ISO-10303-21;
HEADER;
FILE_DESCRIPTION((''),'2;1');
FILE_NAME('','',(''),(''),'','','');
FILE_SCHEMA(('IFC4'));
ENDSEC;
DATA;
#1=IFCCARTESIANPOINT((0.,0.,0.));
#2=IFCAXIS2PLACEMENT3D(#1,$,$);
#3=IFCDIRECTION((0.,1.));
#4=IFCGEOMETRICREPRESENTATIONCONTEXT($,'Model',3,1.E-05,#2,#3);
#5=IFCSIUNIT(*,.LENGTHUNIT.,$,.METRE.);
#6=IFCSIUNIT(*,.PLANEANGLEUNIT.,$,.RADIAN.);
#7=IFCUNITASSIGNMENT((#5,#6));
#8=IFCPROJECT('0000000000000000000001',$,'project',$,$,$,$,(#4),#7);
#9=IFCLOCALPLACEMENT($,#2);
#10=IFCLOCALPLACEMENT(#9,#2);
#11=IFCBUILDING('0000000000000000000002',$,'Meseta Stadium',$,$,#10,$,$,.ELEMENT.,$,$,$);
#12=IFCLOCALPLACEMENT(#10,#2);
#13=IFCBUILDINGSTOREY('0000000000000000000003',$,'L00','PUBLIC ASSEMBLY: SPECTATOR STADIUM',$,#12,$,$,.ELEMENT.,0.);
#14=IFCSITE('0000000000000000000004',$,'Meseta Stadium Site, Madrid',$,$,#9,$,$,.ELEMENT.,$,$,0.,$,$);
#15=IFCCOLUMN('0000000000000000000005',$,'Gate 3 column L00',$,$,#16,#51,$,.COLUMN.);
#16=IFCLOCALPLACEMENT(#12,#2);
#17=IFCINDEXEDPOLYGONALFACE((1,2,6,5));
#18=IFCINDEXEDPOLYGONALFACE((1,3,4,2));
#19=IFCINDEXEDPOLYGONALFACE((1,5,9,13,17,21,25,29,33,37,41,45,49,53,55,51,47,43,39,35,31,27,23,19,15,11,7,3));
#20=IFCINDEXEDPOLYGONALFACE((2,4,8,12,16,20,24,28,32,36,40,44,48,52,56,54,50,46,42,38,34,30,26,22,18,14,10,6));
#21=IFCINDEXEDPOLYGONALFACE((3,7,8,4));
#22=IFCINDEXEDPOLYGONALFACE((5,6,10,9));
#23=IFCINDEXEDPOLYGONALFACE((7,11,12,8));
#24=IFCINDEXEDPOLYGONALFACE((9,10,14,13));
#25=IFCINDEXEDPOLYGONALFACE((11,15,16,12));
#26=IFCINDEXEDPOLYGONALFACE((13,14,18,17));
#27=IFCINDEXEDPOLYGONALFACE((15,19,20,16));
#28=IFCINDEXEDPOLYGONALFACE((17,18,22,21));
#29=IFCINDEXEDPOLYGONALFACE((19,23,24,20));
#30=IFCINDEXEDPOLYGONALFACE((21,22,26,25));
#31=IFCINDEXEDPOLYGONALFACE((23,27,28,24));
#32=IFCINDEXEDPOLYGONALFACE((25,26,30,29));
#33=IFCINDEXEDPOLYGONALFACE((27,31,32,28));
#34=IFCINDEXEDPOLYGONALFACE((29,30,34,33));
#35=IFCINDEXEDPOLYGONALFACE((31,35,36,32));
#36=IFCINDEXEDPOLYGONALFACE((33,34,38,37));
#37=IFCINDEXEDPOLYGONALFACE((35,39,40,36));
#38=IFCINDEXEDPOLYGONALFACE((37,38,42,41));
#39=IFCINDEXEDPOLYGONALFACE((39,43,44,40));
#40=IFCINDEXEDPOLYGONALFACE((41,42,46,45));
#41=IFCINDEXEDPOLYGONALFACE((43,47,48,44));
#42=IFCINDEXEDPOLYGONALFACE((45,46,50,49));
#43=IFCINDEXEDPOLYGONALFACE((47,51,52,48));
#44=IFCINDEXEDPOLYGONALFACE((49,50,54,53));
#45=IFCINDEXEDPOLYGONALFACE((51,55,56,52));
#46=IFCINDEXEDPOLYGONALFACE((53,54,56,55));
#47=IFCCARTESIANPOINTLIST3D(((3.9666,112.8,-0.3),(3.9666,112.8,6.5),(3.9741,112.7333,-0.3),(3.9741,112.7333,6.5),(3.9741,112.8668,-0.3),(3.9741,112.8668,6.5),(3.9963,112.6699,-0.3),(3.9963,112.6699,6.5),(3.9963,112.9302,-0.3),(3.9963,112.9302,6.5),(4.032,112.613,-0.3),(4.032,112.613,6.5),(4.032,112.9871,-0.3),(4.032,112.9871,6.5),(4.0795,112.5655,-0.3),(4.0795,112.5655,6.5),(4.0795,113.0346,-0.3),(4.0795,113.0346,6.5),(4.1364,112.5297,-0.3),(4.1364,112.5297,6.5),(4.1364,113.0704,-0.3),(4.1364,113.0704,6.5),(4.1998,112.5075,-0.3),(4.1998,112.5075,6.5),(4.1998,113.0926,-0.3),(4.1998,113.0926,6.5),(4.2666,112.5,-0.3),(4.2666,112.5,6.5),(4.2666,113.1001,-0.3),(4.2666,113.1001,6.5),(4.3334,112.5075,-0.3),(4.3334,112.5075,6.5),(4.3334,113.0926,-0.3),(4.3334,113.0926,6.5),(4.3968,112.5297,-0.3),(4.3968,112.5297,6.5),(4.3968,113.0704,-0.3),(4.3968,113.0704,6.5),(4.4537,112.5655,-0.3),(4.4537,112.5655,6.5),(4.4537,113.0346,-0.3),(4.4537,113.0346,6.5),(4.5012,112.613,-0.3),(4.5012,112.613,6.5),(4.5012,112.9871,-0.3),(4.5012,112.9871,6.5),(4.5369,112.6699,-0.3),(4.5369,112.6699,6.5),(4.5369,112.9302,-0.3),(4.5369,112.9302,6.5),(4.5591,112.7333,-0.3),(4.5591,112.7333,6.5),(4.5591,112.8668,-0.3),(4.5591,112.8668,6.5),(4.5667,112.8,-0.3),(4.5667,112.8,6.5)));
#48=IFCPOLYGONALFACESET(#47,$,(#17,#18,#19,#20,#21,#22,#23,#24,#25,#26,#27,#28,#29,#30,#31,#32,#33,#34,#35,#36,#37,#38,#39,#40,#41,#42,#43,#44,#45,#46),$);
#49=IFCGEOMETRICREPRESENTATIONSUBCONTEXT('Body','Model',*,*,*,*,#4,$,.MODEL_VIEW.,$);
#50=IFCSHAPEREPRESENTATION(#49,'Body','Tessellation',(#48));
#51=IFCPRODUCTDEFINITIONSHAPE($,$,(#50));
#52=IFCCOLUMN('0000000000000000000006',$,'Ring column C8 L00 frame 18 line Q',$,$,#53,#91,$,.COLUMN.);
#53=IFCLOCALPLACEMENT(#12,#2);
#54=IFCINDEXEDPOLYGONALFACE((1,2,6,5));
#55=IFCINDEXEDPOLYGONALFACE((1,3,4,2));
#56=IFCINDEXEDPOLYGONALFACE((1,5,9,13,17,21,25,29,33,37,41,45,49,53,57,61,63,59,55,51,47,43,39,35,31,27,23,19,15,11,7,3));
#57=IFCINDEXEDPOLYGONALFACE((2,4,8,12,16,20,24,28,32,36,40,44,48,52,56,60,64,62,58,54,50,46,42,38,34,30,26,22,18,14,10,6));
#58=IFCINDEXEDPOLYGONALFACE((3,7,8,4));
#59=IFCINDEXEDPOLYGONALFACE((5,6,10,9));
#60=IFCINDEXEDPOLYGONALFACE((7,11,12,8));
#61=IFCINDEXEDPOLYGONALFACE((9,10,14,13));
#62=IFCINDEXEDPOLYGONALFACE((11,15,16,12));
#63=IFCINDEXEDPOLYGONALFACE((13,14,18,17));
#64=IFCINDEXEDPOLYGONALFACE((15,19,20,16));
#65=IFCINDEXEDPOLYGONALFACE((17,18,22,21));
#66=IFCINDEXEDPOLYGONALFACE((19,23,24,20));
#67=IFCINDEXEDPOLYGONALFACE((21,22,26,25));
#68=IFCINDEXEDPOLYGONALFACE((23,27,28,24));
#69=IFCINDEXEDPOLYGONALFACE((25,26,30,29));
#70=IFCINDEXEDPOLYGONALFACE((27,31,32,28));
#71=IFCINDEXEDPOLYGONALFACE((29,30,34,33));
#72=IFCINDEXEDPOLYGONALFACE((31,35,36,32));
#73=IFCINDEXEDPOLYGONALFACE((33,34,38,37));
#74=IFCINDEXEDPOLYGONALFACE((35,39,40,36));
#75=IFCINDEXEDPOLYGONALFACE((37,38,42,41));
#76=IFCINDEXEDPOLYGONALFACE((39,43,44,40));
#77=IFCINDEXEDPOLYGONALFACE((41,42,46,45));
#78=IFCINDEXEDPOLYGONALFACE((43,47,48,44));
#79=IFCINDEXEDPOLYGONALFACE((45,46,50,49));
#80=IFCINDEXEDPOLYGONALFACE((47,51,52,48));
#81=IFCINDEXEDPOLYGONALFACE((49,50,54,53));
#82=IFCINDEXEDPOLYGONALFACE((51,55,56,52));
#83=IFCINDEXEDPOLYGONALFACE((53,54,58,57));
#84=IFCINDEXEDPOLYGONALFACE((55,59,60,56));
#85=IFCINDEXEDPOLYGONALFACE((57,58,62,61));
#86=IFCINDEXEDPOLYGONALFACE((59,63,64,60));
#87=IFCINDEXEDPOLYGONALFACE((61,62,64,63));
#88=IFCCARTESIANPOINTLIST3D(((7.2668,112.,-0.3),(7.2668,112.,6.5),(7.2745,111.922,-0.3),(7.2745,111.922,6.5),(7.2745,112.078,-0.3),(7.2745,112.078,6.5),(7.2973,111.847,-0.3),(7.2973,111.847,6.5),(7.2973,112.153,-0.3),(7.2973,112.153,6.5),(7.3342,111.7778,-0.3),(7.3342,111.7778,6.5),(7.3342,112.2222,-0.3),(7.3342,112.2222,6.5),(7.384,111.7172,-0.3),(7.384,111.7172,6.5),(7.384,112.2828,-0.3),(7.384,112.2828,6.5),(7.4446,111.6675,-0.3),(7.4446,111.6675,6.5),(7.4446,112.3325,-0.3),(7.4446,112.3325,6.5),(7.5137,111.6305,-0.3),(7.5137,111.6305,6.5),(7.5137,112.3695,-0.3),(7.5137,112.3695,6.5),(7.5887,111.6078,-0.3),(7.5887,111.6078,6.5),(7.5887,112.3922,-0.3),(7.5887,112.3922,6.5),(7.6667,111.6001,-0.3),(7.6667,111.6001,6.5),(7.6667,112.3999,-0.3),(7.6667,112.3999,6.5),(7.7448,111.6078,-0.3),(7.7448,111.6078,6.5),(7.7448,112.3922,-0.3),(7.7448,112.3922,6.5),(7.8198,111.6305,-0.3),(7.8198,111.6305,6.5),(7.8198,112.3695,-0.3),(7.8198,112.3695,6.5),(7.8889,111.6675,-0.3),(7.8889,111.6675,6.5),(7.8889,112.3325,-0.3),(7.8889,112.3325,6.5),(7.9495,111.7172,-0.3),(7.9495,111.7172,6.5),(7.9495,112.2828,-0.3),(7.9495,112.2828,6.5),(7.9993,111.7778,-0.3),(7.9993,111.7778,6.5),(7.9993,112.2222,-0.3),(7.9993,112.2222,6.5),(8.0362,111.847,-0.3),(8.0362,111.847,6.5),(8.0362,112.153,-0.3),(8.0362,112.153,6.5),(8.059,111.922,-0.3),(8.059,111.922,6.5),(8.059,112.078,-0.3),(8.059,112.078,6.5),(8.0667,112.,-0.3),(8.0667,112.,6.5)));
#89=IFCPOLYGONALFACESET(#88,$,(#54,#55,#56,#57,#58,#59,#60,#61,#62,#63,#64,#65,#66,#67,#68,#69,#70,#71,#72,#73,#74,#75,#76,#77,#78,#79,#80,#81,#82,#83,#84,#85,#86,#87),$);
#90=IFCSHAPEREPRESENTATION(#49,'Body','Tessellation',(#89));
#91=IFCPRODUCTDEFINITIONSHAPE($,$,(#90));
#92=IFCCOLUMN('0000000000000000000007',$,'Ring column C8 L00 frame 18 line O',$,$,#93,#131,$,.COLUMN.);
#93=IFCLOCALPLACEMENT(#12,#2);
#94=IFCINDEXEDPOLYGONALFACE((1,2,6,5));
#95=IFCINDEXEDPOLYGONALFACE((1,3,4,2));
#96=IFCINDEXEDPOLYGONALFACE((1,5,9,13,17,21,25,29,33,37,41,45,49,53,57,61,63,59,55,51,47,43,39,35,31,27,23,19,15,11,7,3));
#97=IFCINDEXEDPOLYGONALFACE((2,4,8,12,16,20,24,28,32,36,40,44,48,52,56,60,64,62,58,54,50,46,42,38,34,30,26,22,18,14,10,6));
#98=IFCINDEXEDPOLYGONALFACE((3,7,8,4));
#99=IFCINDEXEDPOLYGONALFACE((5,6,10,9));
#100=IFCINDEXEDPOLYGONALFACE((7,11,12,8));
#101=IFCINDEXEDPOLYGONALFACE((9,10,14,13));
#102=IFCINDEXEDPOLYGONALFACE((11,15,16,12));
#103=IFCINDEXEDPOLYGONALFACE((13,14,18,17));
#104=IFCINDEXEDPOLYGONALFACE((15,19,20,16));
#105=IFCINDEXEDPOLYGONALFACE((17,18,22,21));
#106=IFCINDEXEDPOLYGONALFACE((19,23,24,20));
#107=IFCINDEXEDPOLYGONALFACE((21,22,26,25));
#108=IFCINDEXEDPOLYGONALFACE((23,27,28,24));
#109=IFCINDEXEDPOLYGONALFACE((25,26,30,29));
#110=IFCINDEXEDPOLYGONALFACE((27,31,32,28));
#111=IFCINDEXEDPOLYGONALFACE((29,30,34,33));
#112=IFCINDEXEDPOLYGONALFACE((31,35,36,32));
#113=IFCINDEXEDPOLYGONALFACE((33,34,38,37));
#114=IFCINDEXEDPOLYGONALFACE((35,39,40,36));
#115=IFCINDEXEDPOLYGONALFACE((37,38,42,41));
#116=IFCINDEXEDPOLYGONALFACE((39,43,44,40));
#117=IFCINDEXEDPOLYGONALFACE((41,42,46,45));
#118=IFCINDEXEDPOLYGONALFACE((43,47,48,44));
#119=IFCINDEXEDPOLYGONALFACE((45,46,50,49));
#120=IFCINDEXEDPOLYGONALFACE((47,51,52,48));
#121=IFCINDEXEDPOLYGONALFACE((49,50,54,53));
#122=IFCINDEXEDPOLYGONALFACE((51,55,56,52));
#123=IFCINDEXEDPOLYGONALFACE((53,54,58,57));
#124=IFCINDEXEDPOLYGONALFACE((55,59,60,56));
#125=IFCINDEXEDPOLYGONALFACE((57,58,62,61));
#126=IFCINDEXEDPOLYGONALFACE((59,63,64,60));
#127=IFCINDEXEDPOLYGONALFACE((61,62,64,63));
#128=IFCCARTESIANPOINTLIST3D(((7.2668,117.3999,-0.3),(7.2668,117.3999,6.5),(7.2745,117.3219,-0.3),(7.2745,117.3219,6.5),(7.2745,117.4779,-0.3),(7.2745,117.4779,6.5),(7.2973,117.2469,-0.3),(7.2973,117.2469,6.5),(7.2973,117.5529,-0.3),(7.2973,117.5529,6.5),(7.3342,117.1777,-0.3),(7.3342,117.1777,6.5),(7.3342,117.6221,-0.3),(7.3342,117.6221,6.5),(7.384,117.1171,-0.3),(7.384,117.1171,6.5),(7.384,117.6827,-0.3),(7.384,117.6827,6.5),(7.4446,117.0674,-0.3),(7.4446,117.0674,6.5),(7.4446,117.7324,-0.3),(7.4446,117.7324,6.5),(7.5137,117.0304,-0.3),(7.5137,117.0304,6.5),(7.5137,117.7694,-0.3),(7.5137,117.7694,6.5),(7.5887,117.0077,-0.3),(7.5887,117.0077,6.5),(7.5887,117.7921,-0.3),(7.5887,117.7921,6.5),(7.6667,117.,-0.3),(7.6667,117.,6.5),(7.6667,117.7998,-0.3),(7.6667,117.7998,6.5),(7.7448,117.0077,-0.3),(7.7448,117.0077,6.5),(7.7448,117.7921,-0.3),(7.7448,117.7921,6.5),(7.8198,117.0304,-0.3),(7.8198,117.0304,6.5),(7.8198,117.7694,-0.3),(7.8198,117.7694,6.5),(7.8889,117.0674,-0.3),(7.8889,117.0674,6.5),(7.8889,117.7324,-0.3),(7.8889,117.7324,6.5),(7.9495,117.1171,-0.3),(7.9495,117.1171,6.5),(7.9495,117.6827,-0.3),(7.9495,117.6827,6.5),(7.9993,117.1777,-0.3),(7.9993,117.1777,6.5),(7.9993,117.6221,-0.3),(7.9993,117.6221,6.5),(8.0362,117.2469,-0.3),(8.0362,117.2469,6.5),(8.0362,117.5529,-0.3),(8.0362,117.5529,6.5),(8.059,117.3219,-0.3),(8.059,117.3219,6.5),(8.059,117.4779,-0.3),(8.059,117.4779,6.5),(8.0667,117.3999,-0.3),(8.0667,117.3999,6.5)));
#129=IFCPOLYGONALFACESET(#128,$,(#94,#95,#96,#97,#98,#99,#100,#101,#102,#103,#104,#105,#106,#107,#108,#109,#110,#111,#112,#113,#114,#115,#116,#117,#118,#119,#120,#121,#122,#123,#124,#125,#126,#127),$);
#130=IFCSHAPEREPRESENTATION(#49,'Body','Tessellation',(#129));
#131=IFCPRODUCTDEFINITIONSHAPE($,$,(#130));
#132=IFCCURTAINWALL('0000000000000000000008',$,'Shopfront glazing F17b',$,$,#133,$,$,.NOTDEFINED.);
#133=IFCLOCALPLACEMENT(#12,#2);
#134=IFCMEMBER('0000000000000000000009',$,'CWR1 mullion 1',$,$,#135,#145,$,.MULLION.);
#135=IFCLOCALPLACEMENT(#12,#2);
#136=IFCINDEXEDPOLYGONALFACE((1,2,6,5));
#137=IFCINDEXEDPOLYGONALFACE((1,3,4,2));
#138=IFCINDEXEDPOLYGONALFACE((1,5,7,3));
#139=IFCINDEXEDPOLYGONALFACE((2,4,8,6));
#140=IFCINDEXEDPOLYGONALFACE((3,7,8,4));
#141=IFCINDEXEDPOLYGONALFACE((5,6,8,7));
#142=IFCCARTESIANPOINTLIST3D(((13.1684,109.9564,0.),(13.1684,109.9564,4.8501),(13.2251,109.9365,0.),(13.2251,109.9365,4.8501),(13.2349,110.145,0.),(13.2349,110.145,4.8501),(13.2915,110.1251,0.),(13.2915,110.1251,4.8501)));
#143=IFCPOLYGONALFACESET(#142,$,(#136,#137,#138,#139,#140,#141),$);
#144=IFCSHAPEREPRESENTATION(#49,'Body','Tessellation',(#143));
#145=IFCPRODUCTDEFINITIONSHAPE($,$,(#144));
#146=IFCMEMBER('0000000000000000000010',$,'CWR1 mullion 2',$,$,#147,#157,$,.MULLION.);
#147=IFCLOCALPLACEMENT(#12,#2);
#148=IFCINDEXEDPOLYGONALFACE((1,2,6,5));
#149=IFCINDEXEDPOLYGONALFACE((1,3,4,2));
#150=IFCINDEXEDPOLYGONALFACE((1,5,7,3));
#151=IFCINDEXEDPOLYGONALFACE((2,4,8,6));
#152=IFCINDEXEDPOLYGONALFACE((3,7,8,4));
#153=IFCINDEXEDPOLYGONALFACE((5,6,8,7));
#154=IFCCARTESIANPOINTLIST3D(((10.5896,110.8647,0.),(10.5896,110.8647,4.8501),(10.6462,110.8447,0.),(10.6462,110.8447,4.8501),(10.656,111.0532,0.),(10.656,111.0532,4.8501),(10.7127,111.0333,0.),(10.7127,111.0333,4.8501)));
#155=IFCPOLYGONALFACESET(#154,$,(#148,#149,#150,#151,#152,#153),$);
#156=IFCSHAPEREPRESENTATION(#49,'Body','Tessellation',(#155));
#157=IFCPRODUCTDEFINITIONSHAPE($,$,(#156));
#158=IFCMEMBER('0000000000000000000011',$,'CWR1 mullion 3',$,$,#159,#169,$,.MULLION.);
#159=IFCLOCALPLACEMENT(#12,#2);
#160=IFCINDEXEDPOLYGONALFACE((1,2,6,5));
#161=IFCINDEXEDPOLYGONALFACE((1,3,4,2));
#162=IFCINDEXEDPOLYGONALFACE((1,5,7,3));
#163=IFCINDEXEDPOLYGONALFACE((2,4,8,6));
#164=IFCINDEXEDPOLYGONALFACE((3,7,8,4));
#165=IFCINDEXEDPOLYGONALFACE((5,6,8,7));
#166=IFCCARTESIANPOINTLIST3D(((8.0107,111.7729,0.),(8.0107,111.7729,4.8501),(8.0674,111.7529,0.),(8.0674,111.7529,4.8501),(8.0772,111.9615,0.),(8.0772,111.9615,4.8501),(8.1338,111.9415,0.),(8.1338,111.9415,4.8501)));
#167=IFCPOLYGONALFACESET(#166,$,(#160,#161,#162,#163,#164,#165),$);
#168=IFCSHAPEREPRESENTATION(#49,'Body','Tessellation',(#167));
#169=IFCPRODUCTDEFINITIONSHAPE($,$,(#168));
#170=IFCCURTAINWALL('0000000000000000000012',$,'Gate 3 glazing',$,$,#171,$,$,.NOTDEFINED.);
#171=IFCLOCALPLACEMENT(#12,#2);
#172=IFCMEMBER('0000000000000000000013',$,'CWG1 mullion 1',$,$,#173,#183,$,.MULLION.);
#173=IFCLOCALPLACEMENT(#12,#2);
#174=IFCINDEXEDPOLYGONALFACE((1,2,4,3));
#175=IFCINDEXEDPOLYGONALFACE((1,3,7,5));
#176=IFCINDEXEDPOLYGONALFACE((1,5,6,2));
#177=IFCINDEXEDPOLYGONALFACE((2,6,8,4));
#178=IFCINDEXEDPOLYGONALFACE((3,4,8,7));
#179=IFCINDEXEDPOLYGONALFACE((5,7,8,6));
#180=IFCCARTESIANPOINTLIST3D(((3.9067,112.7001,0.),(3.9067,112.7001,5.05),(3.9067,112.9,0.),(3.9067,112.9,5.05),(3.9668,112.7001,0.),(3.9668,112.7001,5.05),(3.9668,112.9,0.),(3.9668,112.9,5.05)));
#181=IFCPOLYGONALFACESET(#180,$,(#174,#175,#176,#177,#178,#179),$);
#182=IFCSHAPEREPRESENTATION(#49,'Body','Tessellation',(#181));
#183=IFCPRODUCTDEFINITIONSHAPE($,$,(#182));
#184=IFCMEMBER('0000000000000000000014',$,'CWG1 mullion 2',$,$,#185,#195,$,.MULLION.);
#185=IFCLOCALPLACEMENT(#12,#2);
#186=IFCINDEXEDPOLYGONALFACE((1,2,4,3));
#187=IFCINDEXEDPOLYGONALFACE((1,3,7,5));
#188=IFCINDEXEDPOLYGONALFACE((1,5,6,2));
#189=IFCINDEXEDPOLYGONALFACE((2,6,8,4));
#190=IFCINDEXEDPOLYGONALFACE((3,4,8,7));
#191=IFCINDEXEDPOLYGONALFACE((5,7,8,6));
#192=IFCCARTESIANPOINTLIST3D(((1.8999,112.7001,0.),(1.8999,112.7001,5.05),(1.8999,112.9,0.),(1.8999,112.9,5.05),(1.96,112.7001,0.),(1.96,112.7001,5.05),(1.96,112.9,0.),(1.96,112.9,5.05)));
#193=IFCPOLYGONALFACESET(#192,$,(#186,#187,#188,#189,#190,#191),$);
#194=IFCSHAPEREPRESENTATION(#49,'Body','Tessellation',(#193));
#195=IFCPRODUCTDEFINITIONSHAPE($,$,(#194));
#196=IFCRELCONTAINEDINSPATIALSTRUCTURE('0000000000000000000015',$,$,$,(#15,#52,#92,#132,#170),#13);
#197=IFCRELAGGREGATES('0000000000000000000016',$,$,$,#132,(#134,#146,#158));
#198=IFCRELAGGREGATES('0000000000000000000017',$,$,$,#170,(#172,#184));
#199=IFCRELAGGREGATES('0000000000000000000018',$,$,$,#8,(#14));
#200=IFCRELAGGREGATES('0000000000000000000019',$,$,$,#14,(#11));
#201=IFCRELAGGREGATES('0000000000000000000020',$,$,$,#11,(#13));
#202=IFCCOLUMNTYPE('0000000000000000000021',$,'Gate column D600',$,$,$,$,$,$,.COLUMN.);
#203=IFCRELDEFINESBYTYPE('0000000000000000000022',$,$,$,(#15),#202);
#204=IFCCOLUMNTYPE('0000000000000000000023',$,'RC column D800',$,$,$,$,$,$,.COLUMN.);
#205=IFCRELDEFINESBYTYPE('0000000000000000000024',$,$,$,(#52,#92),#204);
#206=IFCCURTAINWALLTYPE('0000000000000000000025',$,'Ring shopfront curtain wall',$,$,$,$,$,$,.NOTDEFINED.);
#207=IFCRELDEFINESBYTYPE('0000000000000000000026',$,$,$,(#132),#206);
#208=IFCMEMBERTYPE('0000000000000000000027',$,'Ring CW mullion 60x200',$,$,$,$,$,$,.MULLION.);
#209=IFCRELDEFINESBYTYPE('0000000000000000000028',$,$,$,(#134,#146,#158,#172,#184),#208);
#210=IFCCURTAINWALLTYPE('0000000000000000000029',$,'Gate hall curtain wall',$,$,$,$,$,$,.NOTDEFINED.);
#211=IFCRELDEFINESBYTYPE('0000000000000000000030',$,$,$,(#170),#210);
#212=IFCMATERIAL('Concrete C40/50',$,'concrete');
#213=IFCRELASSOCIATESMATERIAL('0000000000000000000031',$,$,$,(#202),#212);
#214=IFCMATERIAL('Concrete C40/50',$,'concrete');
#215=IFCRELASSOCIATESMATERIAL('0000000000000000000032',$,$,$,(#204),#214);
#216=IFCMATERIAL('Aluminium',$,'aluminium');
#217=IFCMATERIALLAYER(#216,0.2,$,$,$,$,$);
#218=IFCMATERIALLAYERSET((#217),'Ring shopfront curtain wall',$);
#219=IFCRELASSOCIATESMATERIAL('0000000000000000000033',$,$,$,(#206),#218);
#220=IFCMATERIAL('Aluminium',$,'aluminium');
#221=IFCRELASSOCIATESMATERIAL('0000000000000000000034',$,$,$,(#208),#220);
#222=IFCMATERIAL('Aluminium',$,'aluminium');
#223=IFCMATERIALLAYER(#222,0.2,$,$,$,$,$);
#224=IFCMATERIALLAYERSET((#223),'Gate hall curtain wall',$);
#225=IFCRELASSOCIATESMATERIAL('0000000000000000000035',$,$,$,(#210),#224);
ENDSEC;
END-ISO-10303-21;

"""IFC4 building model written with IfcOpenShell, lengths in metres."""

from ifc_helpers import new_model, si_unit, direction, frame, origin, origin_2d, place, context, subcontext, project, spatial, rectangle, circle, extrude, material, layer, layer_set, material_profile, profile_set, type_object, element, aggregate, save


model = new_model("IFC4")

# Units and contexts
model_context = context("Model", 3, precision=1e-05, world=origin(), true_north=direction((0.0, 1.0)))
body_context = subcontext(model_context, "Body", "Model", "MODEL_VIEW")
ifc_project = project(units=[si_unit("LENGTHUNIT", "METRE"), si_unit("PLANEANGLEUNIT", "RADIAN")], contexts=[model_context])

# Site, building, storey
site_placement = place(None, origin())
site = spatial("IfcSite", under=ifc_project, at=site_placement, Name="Meseta Stadium Site, Madrid", CompositionType="ELEMENT", RefElevation=0.0)
building_placement = place(site_placement, origin())
building = spatial("IfcBuilding", under=site, at=building_placement, Name="Meseta Stadium", CompositionType="ELEMENT")
storey_placement = place(building_placement, origin())
storey = spatial("IfcBuildingStorey", under=building, at=storey_placement, Name="L00", Description="PUBLIC ASSEMBLY: SPECTATOR STADIUM", CompositionType="ELEMENT", Elevation=0.0)

# Columns
ifc_material_1 = material(Name="Concrete C40/50", Category="concrete")
ifc_material_profile_1 = material_profile(ifc_material_1, circle(Radius=0.3, at=origin_2d()), Name="RC D600")
ifc_profile_set_1 = profile_set([ifc_material_profile_1], Name="Concrete C40/50")
column_type_1 = type_object("IfcColumnType", Name="Gate column D600", PredefinedType="COLUMN", material=ifc_profile_set_1)
column_placement = place(storey_placement, frame((4.2666, 112.8, -0.3), z_axis=(0.0, 0.0, 1.0), x_axis=(1.0, 0.0, 0.0)))
element("IfcColumn", 1, at=column_placement, inside=storey, type_object=column_type_1, Name="Gate 3 column L00", PredefinedType="COLUMN", context=body_context, shape_type="SweptSolid", body=[
    extrude(circle(Radius=0.3, at=origin_2d()), origin(), (0.0, 0.0, 1.0), 6.8),
])
ifc_material_2 = material(Name="Concrete C40/50", Category="concrete")
ifc_material_profile_2 = material_profile(ifc_material_2, circle(Radius=0.3999, at=origin_2d()), Name="RC D800")
ifc_profile_set_2 = profile_set([ifc_material_profile_2], Name="Concrete C40/50")
column_type_2 = type_object("IfcColumnType", Name="RC column D800", PredefinedType="COLUMN", material=ifc_profile_set_2)
for number, where, z_axis, x_axis, name in (
    (2, (7.6667, 112.0, -0.3), (0.0, 0.0, 1.0), (1.0, 0.0, 0.0), "Ring column C8 L00 frame 18 line Q"),
    (3, (7.6667, 117.3999, -0.3), (0.0, 0.0, 1.0), (1.0, 0.0, 0.0), "Ring column C8 L00 frame 18 line O"),
):
    element("IfcColumn", number, at=place(storey_placement, frame(where, z_axis=z_axis, x_axis=x_axis)), inside=storey, type_object=column_type_2, Name=name, PredefinedType="COLUMN", context=body_context, shape_type="SweptSolid", body=[
        extrude(circle(Radius=0.3999, at=origin_2d()), origin(), (0.0, 0.0, 1.0), 6.8),
    ])

# Curtain walls, members
ifc_material_3 = material(Name="Aluminium", Category="aluminium")
ifc_layer_1 = layer(ifc_material_3, 0.2)
ifc_layer_set_1 = layer_set([ifc_layer_1], Name="Ring shopfront curtain wall")
curtain_wall_type_1 = type_object("IfcCurtainWallType", Name="Ring shopfront curtain wall", PredefinedType="NOTDEFINED", material=ifc_layer_set_1)
curtain_wall_1_placement = place(storey_placement, origin())
curtain_wall_1 = element("IfcCurtainWall", 4, at=curtain_wall_1_placement, inside=storey, type_object=curtain_wall_type_1, Name="Shopfront glazing F17b", PredefinedType="NOTDEFINED")
ifc_material_4 = material(Name="Aluminium", Category="aluminium")
ifc_material_profile_3 = material_profile(ifc_material_4, rectangle(XDim=0.2, YDim=0.0601, at=origin_2d()), Name="CW 200x60")
ifc_profile_set_3 = profile_set([ifc_material_profile_3], Name="Aluminium")
member_type_1 = type_object("IfcMemberType", Name="Ring CW mullion 60x200", PredefinedType="MULLION", material=ifc_profile_set_3)
member_1_placement = place(storey_placement, frame((13.23, 110.0408, 0.0), z_axis=(0.0, 0.0, 1.0), x_axis=(-0.33217, -0.94322, 0.0)))
member_1 = element("IfcMember", 5, at=member_1_placement, type_object=member_type_1, Name="CWR1 mullion 1", PredefinedType="MULLION", context=body_context, shape_type="SweptSolid", body=[
    extrude(rectangle(XDim=0.2, YDim=0.0601, at=origin_2d()), origin(), (0.0, 0.0, 1.0), 4.8501),
])
member_2_placement = place(storey_placement, frame((10.6511, 110.949, 0.0), z_axis=(0.0, 0.0, 1.0), x_axis=(-0.33217, -0.94322, 0.0)))
member_2 = element("IfcMember", 6, at=member_2_placement, type_object=member_type_1, Name="CWR1 mullion 2", PredefinedType="MULLION", context=body_context, shape_type="SweptSolid", body=[
    extrude(rectangle(XDim=0.2, YDim=0.0601, at=origin_2d()), origin(), (0.0, 0.0, 1.0), 4.8501),
])
member_3_placement = place(storey_placement, frame((8.0723, 111.8572, 0.0), z_axis=(0.0, 0.0, 1.0), x_axis=(-0.33217, -0.94322, 0.0)))
member_3 = element("IfcMember", 7, at=member_3_placement, type_object=member_type_1, Name="CWR1 mullion 3", PredefinedType="MULLION", context=body_context, shape_type="SweptSolid", body=[
    extrude(rectangle(XDim=0.2, YDim=0.0601, at=origin_2d()), origin(), (0.0, 0.0, 1.0), 4.8501),
])
ifc_material_5 = material(Name="Aluminium", Category="aluminium")
ifc_layer_2 = layer(ifc_material_5, 0.2)
ifc_layer_set_2 = layer_set([ifc_layer_2], Name="Gate hall curtain wall")
curtain_wall_type_2 = type_object("IfcCurtainWallType", Name="Gate hall curtain wall", PredefinedType="NOTDEFINED", material=ifc_layer_set_2)
curtain_wall_2_placement = place(storey_placement, origin())
curtain_wall_2 = element("IfcCurtainWall", 8, at=curtain_wall_2_placement, inside=storey, type_object=curtain_wall_type_2, Name="Gate 3 glazing", PredefinedType="NOTDEFINED")
member_4_placement = place(storey_placement, frame((3.9368, 112.8, 0.0), z_axis=(0.0, 0.0, 1.0), x_axis=(0.0, -1.0, 0.0)))
member_4 = element("IfcMember", 9, at=member_4_placement, type_object=member_type_1, Name="CWG1 mullion 1", PredefinedType="MULLION", context=body_context, shape_type="SweptSolid", body=[
    extrude(rectangle(XDim=0.2, YDim=0.0601, at=origin_2d()), origin(), (0.0, 0.0, 1.0), 5.05),
])
member_5_placement = place(storey_placement, frame((1.9299, 112.8, 0.0), z_axis=(0.0, 0.0, 1.0), x_axis=(0.0, -1.0, 0.0)))
member_5 = element("IfcMember", 10, at=member_5_placement, type_object=member_type_1, Name="CWG1 mullion 2", PredefinedType="MULLION", context=body_context, shape_type="SweptSolid", body=[
    extrude(rectangle(XDim=0.2, YDim=0.0601, at=origin_2d()), origin(), (0.0, 0.0, 1.0), 5.05),
])

aggregate(curtain_wall_1, [member_1, member_2, member_3])
aggregate(curtain_wall_2, [member_4, member_5])

save(model, "model.ifc")
